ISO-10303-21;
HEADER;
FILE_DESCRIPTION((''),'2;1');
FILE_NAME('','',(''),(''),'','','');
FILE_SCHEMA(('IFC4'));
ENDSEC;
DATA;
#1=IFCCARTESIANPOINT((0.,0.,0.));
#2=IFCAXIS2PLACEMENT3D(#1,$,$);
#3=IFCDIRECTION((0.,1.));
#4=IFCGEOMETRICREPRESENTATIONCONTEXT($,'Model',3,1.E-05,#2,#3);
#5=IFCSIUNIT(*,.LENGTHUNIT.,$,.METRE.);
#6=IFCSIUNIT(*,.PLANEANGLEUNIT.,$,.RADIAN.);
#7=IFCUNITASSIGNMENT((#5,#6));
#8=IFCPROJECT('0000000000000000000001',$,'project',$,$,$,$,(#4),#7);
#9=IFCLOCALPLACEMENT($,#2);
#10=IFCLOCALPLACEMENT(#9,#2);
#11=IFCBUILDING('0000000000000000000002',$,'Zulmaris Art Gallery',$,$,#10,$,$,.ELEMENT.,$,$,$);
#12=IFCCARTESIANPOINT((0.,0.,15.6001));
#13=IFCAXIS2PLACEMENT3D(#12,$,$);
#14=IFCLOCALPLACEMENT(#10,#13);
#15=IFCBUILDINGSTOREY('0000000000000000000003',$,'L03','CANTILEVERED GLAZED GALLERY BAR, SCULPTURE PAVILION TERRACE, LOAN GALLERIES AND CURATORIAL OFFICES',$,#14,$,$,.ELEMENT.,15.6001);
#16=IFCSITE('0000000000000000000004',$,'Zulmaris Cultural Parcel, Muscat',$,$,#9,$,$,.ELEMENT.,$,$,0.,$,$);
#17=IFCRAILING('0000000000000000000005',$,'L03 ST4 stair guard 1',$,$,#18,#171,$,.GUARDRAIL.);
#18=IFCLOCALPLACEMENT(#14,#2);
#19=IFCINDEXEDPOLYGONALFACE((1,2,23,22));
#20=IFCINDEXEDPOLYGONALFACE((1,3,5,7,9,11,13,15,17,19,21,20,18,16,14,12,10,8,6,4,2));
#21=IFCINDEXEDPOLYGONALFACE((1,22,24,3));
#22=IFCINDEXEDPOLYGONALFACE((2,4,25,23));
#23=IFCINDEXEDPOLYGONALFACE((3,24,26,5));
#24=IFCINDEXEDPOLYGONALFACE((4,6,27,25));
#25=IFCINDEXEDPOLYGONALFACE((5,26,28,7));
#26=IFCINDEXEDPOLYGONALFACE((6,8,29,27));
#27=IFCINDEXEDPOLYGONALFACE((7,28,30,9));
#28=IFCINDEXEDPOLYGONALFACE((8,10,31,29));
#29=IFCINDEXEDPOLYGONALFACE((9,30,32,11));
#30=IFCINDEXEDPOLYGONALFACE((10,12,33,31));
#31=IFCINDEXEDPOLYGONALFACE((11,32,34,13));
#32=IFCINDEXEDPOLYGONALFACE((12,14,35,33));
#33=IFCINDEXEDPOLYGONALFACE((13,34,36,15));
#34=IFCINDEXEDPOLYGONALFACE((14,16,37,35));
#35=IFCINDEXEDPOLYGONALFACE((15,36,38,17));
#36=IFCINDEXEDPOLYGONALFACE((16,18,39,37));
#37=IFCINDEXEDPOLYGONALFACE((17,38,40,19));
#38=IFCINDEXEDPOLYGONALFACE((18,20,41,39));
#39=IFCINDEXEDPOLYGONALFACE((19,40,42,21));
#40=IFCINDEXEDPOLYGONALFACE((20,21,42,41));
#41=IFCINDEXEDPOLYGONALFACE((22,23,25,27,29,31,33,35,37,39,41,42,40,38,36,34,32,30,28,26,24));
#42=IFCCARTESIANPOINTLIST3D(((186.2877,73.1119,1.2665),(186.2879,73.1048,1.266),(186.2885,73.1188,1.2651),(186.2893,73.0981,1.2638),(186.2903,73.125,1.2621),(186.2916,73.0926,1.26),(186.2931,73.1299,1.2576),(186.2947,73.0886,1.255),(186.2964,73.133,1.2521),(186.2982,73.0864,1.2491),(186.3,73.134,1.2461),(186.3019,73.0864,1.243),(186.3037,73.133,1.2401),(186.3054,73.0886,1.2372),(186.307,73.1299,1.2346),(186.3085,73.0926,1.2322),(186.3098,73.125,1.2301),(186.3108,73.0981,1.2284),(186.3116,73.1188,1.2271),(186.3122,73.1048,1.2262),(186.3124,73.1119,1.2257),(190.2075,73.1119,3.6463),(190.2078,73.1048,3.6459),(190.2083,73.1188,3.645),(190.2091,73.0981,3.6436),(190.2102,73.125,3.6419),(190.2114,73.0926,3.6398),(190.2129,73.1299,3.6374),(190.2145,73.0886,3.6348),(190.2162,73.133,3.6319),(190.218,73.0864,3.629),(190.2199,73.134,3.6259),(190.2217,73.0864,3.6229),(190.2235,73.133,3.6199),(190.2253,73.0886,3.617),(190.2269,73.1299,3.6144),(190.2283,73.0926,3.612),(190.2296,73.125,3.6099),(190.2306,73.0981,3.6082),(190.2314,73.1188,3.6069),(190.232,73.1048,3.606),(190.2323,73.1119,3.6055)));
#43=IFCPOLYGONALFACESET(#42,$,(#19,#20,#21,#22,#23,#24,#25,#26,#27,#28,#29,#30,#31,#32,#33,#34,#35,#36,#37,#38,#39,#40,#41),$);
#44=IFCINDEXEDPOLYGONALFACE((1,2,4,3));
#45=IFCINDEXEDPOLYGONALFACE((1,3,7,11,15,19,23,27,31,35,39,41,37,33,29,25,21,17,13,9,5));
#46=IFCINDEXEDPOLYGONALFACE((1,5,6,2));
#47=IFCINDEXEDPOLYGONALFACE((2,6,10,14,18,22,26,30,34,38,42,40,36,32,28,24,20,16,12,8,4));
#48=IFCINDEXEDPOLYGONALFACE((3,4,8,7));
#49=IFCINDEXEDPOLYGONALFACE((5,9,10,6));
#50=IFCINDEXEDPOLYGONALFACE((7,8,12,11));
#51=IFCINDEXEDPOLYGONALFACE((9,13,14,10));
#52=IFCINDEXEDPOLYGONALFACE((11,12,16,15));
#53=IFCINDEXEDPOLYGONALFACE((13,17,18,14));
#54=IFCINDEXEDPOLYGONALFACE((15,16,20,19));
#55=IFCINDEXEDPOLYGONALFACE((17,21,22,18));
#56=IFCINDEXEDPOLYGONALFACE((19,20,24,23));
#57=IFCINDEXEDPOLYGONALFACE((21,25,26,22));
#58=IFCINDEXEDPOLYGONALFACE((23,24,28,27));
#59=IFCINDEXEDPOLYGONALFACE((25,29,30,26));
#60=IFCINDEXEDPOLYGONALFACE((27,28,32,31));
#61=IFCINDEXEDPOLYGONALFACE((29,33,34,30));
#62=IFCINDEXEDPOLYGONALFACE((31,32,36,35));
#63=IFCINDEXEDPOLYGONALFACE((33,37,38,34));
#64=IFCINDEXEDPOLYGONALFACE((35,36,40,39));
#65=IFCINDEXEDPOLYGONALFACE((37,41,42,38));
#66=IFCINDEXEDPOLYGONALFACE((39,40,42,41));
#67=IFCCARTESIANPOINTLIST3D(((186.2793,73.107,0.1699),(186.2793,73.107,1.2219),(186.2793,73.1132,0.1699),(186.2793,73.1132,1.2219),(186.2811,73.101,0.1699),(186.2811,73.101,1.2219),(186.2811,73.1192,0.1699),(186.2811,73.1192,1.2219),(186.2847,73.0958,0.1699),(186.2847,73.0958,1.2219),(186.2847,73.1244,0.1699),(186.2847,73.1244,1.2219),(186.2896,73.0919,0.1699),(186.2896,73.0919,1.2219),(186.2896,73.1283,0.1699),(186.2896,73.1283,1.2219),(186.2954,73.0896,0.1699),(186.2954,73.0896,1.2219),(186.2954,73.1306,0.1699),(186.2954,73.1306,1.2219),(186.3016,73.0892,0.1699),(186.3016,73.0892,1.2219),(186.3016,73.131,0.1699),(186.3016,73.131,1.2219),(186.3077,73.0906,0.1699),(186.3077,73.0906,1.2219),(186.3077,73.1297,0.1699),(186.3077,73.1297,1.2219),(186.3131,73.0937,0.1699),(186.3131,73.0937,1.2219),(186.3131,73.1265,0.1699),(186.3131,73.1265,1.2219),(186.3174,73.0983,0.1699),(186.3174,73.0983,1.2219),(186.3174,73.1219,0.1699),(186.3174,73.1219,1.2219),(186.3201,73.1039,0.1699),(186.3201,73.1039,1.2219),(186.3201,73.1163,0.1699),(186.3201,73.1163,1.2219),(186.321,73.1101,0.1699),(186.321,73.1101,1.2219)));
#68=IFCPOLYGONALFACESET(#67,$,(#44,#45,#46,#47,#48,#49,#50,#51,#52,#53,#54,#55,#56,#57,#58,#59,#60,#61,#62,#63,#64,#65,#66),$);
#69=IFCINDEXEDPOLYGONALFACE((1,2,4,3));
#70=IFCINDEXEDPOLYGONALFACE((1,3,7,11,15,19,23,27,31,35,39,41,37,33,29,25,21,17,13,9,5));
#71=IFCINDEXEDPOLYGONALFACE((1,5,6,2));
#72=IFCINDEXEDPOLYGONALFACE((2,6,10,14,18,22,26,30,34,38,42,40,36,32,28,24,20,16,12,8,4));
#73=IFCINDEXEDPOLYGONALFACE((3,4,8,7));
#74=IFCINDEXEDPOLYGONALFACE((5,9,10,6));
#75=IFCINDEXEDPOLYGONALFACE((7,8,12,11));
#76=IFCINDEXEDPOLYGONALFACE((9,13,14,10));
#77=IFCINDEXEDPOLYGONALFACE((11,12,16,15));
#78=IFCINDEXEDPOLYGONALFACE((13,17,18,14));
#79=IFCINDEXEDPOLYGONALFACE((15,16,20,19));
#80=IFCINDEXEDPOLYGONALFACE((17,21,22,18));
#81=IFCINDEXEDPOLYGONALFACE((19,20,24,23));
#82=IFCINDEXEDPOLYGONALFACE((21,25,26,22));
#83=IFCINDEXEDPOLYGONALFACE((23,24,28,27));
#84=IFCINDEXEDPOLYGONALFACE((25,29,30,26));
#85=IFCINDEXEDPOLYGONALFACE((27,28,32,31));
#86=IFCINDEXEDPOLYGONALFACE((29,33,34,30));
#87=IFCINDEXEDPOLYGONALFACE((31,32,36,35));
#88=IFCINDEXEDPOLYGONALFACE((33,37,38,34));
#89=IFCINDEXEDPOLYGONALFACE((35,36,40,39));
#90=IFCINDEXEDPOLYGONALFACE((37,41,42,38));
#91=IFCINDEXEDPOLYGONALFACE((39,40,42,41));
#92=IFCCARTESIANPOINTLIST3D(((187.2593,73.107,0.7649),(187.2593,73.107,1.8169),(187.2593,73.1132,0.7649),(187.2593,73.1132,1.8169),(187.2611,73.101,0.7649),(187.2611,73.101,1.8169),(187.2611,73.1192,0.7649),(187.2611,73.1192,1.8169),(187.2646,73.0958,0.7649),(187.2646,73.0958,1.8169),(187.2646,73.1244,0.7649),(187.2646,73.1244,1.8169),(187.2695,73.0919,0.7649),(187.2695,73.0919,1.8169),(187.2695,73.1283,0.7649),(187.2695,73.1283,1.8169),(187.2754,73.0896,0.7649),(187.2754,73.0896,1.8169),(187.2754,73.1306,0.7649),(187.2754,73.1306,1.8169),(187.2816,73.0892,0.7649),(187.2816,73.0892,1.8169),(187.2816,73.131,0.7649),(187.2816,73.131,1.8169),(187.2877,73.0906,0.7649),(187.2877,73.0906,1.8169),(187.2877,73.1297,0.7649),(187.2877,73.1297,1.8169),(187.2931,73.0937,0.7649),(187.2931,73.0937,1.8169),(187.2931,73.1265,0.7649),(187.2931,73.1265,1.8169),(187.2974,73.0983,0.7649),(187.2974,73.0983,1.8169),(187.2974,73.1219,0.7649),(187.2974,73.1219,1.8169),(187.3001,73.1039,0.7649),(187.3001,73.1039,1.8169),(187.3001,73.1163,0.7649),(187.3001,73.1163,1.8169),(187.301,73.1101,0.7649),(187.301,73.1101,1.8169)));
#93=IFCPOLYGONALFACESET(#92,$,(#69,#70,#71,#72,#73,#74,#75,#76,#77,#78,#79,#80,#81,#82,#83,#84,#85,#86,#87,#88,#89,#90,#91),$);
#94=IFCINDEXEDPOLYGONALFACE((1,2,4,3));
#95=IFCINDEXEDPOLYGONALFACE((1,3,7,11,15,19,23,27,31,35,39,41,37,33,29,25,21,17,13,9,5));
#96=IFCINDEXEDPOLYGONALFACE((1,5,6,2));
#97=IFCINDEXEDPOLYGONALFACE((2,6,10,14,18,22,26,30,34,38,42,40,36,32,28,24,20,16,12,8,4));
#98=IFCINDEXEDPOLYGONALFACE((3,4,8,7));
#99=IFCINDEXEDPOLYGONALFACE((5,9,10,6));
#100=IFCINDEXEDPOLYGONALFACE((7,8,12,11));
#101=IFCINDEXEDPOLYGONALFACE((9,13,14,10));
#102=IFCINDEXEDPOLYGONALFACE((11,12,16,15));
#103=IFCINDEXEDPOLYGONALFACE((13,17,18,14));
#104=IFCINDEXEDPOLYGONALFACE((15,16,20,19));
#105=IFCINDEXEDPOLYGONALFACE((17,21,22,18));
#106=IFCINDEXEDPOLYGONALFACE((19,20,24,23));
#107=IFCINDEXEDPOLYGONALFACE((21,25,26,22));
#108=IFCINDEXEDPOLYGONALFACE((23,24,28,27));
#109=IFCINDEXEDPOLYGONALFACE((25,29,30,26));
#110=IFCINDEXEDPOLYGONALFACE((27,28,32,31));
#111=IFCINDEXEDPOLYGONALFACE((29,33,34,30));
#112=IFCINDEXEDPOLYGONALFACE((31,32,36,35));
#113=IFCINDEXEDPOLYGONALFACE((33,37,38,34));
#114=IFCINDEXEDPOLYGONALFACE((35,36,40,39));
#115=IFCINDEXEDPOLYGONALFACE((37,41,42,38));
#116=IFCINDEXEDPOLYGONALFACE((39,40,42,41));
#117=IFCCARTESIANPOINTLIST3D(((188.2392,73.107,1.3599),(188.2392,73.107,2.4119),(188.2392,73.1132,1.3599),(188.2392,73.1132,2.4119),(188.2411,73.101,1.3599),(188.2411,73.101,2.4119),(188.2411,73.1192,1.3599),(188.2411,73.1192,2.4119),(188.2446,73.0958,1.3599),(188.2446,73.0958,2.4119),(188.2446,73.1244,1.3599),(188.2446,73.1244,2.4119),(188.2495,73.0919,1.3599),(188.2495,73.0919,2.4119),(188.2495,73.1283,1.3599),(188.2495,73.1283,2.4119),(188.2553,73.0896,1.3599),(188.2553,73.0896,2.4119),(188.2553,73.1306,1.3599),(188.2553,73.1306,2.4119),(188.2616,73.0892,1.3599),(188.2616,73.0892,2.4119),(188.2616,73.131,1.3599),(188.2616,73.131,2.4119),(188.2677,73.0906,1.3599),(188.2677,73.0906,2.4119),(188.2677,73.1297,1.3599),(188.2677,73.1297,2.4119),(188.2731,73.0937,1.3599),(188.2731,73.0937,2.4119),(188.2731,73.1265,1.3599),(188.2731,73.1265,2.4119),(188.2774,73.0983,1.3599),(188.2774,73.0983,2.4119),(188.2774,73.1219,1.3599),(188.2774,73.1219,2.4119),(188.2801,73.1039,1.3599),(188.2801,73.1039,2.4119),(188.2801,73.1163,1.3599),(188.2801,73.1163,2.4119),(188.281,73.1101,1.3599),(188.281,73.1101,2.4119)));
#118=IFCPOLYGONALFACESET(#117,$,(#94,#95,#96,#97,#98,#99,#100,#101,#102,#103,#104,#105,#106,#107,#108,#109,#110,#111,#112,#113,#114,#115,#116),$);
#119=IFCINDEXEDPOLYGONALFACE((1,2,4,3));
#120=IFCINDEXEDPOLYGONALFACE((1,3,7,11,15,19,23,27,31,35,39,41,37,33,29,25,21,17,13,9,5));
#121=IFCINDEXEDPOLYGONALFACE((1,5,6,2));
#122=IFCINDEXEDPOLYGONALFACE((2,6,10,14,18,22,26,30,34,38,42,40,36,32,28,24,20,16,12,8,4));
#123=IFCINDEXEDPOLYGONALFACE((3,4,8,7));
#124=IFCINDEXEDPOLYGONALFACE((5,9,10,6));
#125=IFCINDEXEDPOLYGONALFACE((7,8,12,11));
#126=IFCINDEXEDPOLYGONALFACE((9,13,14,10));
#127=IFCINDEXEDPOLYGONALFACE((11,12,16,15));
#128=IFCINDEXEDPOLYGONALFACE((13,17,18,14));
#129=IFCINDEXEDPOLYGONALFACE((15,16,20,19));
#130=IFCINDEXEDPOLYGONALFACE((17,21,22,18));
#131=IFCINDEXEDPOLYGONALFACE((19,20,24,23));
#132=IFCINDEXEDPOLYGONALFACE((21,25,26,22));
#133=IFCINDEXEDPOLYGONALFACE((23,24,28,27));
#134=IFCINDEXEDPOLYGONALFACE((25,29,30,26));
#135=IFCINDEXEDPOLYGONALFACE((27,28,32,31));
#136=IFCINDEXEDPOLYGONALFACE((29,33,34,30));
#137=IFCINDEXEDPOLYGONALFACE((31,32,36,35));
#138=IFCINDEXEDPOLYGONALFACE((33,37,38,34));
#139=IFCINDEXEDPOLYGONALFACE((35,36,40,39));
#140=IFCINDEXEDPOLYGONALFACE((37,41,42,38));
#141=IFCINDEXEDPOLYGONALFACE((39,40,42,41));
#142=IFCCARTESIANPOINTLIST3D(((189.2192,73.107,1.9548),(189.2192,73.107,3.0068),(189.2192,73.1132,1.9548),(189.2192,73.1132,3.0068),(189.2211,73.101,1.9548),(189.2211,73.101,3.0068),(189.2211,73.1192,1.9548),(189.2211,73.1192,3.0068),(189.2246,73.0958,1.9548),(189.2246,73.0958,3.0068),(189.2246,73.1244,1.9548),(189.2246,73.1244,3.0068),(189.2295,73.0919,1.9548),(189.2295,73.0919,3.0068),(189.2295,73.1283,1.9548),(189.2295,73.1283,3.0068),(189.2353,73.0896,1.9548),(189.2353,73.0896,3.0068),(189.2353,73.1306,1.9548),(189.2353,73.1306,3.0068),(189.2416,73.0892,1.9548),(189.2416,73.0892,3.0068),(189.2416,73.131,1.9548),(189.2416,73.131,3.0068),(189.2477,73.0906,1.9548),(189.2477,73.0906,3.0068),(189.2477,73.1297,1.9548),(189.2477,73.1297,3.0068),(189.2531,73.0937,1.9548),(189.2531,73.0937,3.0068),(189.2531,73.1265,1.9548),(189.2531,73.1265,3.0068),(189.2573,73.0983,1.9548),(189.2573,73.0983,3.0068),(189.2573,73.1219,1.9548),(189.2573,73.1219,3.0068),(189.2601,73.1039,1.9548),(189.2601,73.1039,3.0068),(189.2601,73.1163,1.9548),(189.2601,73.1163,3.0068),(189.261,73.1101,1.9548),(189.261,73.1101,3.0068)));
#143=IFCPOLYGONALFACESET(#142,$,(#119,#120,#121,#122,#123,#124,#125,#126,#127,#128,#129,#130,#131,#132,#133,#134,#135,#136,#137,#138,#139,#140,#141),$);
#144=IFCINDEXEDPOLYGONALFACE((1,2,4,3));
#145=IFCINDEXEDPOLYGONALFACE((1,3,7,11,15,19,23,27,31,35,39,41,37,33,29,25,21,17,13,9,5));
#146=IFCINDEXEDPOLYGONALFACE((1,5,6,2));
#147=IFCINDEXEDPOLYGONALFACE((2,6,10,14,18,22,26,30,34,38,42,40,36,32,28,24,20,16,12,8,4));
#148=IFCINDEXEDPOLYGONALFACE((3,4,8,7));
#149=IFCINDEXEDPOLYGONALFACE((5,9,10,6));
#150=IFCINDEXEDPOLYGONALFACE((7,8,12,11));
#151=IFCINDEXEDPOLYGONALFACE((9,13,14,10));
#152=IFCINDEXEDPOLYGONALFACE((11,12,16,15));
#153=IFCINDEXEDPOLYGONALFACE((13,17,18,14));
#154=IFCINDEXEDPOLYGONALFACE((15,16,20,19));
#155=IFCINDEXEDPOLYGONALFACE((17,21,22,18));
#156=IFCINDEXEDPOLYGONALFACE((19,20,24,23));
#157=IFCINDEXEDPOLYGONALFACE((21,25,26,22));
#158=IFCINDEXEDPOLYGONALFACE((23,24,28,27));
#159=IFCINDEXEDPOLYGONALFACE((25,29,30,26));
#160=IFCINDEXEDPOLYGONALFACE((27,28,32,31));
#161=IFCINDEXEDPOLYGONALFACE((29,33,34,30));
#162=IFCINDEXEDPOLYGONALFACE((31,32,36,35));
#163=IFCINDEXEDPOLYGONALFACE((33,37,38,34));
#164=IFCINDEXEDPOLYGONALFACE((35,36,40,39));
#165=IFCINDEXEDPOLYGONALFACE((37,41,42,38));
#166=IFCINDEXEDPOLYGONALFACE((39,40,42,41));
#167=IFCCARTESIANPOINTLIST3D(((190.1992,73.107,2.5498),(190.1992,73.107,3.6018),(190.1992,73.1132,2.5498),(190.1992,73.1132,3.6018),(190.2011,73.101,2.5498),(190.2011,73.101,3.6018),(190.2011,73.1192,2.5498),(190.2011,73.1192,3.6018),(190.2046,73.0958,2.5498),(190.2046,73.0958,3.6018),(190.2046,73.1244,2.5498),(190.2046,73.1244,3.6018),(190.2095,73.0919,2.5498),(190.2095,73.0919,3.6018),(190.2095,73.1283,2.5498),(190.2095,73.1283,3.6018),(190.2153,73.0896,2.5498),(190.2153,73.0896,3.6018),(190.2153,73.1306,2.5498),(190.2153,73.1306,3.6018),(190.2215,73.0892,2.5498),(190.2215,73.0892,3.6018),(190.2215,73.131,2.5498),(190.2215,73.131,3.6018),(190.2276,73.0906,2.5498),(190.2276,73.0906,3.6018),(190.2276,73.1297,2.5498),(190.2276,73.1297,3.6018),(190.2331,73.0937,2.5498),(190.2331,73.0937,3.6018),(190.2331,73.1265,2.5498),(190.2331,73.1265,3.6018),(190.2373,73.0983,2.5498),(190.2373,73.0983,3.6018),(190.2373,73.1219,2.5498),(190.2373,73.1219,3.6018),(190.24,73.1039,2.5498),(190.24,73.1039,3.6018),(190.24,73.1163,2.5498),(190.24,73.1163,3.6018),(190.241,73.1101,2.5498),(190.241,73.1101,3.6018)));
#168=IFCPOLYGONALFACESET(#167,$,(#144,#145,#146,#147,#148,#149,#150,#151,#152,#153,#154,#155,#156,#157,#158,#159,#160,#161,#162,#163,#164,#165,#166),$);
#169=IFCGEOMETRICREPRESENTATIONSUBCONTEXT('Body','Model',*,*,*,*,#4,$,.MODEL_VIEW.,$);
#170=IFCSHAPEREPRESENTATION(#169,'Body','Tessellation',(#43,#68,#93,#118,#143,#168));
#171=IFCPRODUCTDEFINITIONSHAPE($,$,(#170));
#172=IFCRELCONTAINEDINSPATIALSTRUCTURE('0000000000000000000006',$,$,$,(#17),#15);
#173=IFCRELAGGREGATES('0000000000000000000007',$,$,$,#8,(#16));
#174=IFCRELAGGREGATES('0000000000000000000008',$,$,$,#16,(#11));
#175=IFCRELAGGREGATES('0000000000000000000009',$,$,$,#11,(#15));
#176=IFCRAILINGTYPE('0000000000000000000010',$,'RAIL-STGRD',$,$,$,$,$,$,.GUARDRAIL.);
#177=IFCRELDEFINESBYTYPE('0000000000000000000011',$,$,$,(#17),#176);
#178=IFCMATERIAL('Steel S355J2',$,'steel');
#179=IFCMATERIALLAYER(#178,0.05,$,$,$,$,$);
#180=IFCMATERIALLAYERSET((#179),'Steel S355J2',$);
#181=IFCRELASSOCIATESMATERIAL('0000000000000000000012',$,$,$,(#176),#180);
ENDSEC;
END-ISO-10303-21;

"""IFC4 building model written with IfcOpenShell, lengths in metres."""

from ifc_helpers import new_model, si_unit, direction, frame, origin, origin_2d, place, context, subcontext, project, spatial, circle, extrude, material, layer, layer_set, type_object, element, save


model = new_model("IFC4")

# Units and contexts
model_context = context("Model", 3, precision=1e-05, world=origin(), true_north=direction((0.0, 1.0)))
body_context = subcontext(model_context, "Body", "Model", "MODEL_VIEW")
ifc_project = project(units=[si_unit("LENGTHUNIT", "METRE"), si_unit("PLANEANGLEUNIT", "RADIAN")], contexts=[model_context])

# Site, building, storey
site_placement = place(None, origin())
site = spatial("IfcSite", under=ifc_project, at=site_placement, Name="Zulmaris Cultural Parcel, Muscat", CompositionType="ELEMENT", RefElevation=0.0)
building_placement = place(site_placement, origin())
building = spatial("IfcBuilding", under=site, at=building_placement, Name="Zulmaris Art Gallery", CompositionType="ELEMENT")
storey_placement = place(building_placement, frame((0.0, 0.0, 15.6001)))
storey = spatial("IfcBuildingStorey", under=building, at=storey_placement, Name="L03", Description="CANTILEVERED GLAZED GALLERY BAR, SCULPTURE PAVILION TERRACE, LOAN GALLERIES AND CURATORIAL OFFICES", CompositionType="ELEMENT", Elevation=15.6001)

# Shared definitions
ifc_material_1 = material(Name="Steel S355J2", Category="steel")

# Railing
ifc_layer_1 = layer(ifc_material_1, 0.05)
ifc_layer_set_1 = layer_set([ifc_layer_1], Name="Steel S355J2")
railing_type_1 = type_object("IfcRailingType", Name="RAIL-STGRD", PredefinedType="GUARDRAIL", material=ifc_layer_set_1)
railing_1_placement = place(storey_placement, frame((186.3, 73.1101, 0.1699)))
element("IfcRailing", 1, at=railing_1_placement, inside=storey, type_object=railing_type_1, Name="L03 ST4 stair guard 1", PredefinedType="GUARDRAIL", context=body_context, shape_type="SweptSolid", body=[
    extrude(circle(Radius=0.0239, at=origin_2d()), frame((0.0, 0.0, 1.0762), z_axis=(0.854794, 0.0, 0.518967), x_axis=(0.0, 1.0, 0.0)), (0.0, 0.0, 1.0), 4.5857),
    extrude(circle(Radius=0.021, at=origin_2d()), origin(), (0.0, 0.0, 1.0), 1.052),
    extrude(circle(Radius=0.021, at=origin_2d()), frame((0.98, 0.0, 0.595)), (0.0, 0.0, 1.0), 1.052),
    extrude(circle(Radius=0.021, at=origin_2d()), frame((1.96, 0.0, 1.1899)), (0.0, 0.0, 1.0), 1.052),
    extrude(circle(Radius=0.021, at=origin_2d()), frame((2.9399, 0.0, 1.7849)), (0.0, 0.0, 1.0), 1.052),
    extrude(circle(Radius=0.021, at=origin_2d()), frame((3.9199, 0.0, 2.3799)), (0.0, 0.0, 1.0), 1.052),
])

save(model, "model.ifc")
